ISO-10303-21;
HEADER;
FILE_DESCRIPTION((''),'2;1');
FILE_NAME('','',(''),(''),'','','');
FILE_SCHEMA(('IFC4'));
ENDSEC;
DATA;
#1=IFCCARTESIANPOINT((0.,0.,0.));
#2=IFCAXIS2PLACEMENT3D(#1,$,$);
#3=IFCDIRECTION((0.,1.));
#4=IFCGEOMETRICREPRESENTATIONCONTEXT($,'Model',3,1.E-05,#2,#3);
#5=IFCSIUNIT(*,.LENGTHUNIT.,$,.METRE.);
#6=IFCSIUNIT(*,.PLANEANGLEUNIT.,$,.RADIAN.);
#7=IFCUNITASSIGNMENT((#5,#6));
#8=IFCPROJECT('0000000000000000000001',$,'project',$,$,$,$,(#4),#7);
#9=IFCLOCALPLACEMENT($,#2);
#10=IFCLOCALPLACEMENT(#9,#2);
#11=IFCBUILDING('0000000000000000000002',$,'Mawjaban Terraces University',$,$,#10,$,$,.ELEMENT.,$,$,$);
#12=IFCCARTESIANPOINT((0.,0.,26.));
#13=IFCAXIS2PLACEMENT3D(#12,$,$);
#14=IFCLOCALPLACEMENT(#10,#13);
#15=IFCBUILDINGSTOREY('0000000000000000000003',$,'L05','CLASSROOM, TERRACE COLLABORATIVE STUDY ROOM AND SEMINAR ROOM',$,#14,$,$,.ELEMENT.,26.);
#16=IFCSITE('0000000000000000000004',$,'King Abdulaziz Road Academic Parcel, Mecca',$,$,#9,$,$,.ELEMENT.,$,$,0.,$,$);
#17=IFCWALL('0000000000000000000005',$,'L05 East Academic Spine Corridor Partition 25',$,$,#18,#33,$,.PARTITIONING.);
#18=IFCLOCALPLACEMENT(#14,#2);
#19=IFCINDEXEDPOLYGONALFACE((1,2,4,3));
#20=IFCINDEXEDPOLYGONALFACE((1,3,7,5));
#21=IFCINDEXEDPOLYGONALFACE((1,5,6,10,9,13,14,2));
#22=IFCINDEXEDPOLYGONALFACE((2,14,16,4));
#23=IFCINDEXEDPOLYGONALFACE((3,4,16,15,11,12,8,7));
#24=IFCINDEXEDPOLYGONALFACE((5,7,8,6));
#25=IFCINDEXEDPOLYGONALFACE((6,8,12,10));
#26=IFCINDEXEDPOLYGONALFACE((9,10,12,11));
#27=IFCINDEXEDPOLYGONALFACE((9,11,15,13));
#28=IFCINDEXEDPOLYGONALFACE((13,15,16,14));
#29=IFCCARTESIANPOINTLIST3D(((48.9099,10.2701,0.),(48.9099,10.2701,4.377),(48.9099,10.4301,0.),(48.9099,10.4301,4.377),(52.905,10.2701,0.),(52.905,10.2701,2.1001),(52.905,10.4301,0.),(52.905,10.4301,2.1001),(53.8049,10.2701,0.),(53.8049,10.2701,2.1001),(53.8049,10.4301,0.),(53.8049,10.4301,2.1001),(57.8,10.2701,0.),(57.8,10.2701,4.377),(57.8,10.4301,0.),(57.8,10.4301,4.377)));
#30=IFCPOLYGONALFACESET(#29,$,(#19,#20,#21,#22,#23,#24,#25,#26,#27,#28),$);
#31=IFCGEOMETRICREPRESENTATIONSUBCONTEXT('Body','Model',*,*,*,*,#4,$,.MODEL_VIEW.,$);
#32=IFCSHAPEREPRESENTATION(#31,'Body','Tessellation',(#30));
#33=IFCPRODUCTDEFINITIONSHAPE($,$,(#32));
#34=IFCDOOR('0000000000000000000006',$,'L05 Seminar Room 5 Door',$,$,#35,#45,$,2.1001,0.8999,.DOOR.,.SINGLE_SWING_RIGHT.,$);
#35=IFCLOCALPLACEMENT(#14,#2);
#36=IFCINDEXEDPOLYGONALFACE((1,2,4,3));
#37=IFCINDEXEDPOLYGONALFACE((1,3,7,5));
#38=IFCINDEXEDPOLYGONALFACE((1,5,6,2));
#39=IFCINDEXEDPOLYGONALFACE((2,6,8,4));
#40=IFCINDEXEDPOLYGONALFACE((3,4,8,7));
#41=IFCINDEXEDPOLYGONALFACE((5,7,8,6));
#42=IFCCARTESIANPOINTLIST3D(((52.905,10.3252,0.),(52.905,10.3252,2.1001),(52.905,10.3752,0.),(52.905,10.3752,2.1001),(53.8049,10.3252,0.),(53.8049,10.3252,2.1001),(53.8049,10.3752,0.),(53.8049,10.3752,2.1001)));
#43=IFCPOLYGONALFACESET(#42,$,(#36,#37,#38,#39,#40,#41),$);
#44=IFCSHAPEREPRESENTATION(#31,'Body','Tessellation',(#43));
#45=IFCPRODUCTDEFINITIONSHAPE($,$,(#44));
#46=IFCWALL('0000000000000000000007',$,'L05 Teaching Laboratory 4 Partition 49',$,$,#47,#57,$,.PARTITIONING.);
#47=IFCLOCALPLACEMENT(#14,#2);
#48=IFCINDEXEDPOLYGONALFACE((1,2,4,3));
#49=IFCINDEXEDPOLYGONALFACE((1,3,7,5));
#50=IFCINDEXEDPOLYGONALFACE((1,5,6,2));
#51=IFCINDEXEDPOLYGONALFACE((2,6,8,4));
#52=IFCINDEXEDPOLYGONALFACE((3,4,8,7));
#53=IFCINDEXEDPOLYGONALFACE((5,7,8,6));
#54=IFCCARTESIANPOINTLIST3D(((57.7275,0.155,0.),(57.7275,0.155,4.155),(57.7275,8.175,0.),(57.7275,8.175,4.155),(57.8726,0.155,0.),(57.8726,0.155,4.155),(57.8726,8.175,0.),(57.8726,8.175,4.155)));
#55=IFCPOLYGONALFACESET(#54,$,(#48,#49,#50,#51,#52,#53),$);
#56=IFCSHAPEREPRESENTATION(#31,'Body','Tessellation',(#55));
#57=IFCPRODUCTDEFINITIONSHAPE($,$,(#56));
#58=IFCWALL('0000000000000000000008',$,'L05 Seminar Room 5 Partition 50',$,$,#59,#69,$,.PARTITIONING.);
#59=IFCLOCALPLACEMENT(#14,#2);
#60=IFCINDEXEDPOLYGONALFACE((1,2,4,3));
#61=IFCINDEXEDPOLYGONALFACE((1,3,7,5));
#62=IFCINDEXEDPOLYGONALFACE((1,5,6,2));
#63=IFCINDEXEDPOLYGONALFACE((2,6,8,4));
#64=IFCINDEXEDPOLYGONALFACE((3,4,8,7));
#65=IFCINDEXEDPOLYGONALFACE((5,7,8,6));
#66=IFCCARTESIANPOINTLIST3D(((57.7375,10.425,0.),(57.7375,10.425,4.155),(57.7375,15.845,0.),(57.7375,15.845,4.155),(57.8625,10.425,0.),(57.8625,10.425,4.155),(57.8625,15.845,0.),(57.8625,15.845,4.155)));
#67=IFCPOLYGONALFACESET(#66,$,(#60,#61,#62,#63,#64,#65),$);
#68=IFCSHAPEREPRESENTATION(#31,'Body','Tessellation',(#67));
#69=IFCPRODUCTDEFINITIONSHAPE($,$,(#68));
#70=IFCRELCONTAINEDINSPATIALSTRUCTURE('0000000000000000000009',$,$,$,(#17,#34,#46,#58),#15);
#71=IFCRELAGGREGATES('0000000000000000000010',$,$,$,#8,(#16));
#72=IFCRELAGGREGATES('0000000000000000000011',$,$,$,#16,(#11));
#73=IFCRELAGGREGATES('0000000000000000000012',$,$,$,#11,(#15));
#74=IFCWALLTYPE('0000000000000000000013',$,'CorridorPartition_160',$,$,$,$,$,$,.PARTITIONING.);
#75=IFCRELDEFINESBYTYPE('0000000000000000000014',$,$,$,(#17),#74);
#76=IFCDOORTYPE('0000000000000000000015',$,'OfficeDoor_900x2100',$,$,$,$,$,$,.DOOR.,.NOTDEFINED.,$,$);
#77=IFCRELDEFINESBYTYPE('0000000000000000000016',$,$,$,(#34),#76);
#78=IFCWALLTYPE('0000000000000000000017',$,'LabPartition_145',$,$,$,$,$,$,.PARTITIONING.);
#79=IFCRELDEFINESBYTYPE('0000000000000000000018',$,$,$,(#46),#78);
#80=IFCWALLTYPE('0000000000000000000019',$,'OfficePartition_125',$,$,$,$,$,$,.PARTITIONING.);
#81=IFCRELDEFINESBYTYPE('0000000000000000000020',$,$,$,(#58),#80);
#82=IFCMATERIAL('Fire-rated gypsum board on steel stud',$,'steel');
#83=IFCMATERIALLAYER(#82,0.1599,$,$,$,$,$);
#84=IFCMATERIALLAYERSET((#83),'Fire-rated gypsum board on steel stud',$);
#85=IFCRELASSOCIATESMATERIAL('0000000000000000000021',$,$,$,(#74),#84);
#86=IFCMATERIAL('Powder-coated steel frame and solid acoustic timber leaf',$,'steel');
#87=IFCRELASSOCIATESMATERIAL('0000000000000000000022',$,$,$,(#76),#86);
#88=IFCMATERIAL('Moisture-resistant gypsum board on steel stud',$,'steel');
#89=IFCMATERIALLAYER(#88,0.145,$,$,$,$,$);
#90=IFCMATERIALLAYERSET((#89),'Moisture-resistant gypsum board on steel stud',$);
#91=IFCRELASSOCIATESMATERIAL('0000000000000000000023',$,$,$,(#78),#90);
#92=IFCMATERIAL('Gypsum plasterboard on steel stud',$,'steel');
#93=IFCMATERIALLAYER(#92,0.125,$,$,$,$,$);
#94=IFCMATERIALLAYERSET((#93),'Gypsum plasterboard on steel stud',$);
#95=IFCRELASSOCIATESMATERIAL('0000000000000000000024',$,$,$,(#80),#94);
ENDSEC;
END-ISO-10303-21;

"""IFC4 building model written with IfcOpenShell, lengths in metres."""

from ifc_helpers import new_model, si_unit, direction, frame, frame_2d, origin, place, context, subcontext, project, spatial, rectangle, extrude, material, layer, layer_set, type_object, element, fill, save


model = new_model("IFC4")

# Units and contexts
model_context = context("Model", 3, precision=1e-05, world=origin(), true_north=direction((0.0, 1.0)))
body_context = subcontext(model_context, "Body", "Model", "MODEL_VIEW")
ifc_project = project(units=[si_unit("LENGTHUNIT", "METRE"), si_unit("PLANEANGLEUNIT", "RADIAN")], contexts=[model_context])

# Site, building, storey
site_placement = place(None, origin())
site = spatial("IfcSite", under=ifc_project, at=site_placement, Name="King Abdulaziz Road Academic Parcel, Mecca", CompositionType="ELEMENT", RefElevation=0.0)
building_placement = place(site_placement, origin())
building = spatial("IfcBuilding", under=site, at=building_placement, Name="Mawjaban Terraces University", CompositionType="ELEMENT")
storey_placement = place(building_placement, frame((0.0, 0.0, 26.0)))
storey = spatial("IfcBuildingStorey", under=building, at=storey_placement, Name="L05", Description="CLASSROOM, TERRACE COLLABORATIVE STUDY ROOM AND SEMINAR ROOM", CompositionType="ELEMENT", Elevation=26.0)

# Wall, opening, door
ifc_material_1 = material(Name="Fire-rated gypsum board on steel stud", Category="steel")
ifc_layer_1 = layer(ifc_material_1, 0.1599)
ifc_layer_set_1 = layer_set([ifc_layer_1], Name="Fire-rated gypsum board on steel stud")
wall_type_1 = type_object("IfcWallType", Name="CorridorPartition_160", PredefinedType="PARTITIONING", material=ifc_layer_set_1)
ifc_material_2 = material(Name="Powder-coated steel frame and solid acoustic timber leaf", Category="steel")
wall_1_placement = place(storey_placement, frame((57.8, 10.3501, 0.0), z_axis=(0.0, 0.0, 1.0), x_axis=(-1.0, 0.0, 0.0)))
wall_1 = element("IfcWall", 1, at=wall_1_placement, inside=storey, type_object=wall_type_1, Name="L05 East Academic Spine Corridor Partition 25", PredefinedType="PARTITIONING", context=body_context, shape_type="SweptSolid", body=[
    extrude(rectangle(XDim=8.8901, YDim=0.1599, at=frame_2d((4.4451, 0.0))), origin(), (0.0, 0.0, 1.0), 4.377),
])
opening_1_placement = place(wall_1_placement, frame((3.9951, 0.0, 0.0)))
opening_1 = element("IfcOpeningElement", 2, at=opening_1_placement, cuts=wall_1, PredefinedType="OPENING", context=body_context, shape_type="SweptSolid", body=[
    extrude(rectangle(XDim=0.8999, YDim=2.1001, at=frame_2d((0.45, 1.05))), frame((0.0, 0.0898, 0.0), z_axis=(0.0, -1.0, 0.0), x_axis=(1.0, 0.0, 0.0)), (0.0, 0.0, 1.0), 0.1799),
])
door_type_1 = type_object("IfcDoorType", Name="OfficeDoor_900x2100", OperationType="NOTDEFINED", PredefinedType="DOOR", material=ifc_material_2)
door_1_placement = place(opening_1_placement, origin())
door_1 = element("IfcDoor", 3, at=door_1_placement, inside=storey, type_object=door_type_1, Name="L05 Seminar Room 5 Door", OperationType="SINGLE_SWING_RIGHT", OverallHeight=2.1001, OverallWidth=0.8999, PredefinedType="DOOR", context=body_context, shape_type="SweptSolid", body=[
    extrude(rectangle(XDim=0.8999, YDim=2.1001, at=frame_2d((0.45, 1.05))), frame((0.0, 0.0249, 0.0), z_axis=(0.0, -1.0, 0.0), x_axis=(1.0, 0.0, 0.0)), (0.0, 0.0, 1.0), 0.05),
])
fill(opening_1, door_1)

# Walls
ifc_material_3 = material(Name="Moisture-resistant gypsum board on steel stud", Category="steel")
ifc_layer_2 = layer(ifc_material_3, 0.145)
ifc_layer_set_2 = layer_set([ifc_layer_2], Name="Moisture-resistant gypsum board on steel stud")
wall_type_2 = type_object("IfcWallType", Name="LabPartition_145", PredefinedType="PARTITIONING", material=ifc_layer_set_2)
wall_2_placement = place(storey_placement, frame((57.8, 0.155, 0.0), z_axis=(0.0, 0.0, 1.0), x_axis=(0.0, 1.0, 0.0)))
element("IfcWall", 4, at=wall_2_placement, inside=storey, type_object=wall_type_2, Name="L05 Teaching Laboratory 4 Partition 49", PredefinedType="PARTITIONING", context=body_context, shape_type="SweptSolid", body=[
    extrude(rectangle(XDim=8.02, YDim=0.145, at=frame_2d((4.01, 0.0))), origin(), (0.0, 0.0, 1.0), 4.155),
])
ifc_material_4 = material(Name="Gypsum plasterboard on steel stud", Category="steel")
ifc_layer_3 = layer(ifc_material_4, 0.125)
ifc_layer_set_3 = layer_set([ifc_layer_3], Name="Gypsum plasterboard on steel stud")
wall_type_3 = type_object("IfcWallType", Name="OfficePartition_125", PredefinedType="PARTITIONING", material=ifc_layer_set_3)
wall_3_placement = place(storey_placement, frame((57.8, 10.425, 0.0), z_axis=(0.0, 0.0, 1.0), x_axis=(0.0, 1.0, 0.0)))
element("IfcWall", 5, at=wall_3_placement, inside=storey, type_object=wall_type_3, Name="L05 Seminar Room 5 Partition 50", PredefinedType="PARTITIONING", context=body_context, shape_type="SweptSolid", body=[
    extrude(rectangle(XDim=5.4199, YDim=0.125, at=frame_2d((2.71, 0.0))), origin(), (0.0, 0.0, 1.0), 4.155),
])

save(model, "model.ifc")
